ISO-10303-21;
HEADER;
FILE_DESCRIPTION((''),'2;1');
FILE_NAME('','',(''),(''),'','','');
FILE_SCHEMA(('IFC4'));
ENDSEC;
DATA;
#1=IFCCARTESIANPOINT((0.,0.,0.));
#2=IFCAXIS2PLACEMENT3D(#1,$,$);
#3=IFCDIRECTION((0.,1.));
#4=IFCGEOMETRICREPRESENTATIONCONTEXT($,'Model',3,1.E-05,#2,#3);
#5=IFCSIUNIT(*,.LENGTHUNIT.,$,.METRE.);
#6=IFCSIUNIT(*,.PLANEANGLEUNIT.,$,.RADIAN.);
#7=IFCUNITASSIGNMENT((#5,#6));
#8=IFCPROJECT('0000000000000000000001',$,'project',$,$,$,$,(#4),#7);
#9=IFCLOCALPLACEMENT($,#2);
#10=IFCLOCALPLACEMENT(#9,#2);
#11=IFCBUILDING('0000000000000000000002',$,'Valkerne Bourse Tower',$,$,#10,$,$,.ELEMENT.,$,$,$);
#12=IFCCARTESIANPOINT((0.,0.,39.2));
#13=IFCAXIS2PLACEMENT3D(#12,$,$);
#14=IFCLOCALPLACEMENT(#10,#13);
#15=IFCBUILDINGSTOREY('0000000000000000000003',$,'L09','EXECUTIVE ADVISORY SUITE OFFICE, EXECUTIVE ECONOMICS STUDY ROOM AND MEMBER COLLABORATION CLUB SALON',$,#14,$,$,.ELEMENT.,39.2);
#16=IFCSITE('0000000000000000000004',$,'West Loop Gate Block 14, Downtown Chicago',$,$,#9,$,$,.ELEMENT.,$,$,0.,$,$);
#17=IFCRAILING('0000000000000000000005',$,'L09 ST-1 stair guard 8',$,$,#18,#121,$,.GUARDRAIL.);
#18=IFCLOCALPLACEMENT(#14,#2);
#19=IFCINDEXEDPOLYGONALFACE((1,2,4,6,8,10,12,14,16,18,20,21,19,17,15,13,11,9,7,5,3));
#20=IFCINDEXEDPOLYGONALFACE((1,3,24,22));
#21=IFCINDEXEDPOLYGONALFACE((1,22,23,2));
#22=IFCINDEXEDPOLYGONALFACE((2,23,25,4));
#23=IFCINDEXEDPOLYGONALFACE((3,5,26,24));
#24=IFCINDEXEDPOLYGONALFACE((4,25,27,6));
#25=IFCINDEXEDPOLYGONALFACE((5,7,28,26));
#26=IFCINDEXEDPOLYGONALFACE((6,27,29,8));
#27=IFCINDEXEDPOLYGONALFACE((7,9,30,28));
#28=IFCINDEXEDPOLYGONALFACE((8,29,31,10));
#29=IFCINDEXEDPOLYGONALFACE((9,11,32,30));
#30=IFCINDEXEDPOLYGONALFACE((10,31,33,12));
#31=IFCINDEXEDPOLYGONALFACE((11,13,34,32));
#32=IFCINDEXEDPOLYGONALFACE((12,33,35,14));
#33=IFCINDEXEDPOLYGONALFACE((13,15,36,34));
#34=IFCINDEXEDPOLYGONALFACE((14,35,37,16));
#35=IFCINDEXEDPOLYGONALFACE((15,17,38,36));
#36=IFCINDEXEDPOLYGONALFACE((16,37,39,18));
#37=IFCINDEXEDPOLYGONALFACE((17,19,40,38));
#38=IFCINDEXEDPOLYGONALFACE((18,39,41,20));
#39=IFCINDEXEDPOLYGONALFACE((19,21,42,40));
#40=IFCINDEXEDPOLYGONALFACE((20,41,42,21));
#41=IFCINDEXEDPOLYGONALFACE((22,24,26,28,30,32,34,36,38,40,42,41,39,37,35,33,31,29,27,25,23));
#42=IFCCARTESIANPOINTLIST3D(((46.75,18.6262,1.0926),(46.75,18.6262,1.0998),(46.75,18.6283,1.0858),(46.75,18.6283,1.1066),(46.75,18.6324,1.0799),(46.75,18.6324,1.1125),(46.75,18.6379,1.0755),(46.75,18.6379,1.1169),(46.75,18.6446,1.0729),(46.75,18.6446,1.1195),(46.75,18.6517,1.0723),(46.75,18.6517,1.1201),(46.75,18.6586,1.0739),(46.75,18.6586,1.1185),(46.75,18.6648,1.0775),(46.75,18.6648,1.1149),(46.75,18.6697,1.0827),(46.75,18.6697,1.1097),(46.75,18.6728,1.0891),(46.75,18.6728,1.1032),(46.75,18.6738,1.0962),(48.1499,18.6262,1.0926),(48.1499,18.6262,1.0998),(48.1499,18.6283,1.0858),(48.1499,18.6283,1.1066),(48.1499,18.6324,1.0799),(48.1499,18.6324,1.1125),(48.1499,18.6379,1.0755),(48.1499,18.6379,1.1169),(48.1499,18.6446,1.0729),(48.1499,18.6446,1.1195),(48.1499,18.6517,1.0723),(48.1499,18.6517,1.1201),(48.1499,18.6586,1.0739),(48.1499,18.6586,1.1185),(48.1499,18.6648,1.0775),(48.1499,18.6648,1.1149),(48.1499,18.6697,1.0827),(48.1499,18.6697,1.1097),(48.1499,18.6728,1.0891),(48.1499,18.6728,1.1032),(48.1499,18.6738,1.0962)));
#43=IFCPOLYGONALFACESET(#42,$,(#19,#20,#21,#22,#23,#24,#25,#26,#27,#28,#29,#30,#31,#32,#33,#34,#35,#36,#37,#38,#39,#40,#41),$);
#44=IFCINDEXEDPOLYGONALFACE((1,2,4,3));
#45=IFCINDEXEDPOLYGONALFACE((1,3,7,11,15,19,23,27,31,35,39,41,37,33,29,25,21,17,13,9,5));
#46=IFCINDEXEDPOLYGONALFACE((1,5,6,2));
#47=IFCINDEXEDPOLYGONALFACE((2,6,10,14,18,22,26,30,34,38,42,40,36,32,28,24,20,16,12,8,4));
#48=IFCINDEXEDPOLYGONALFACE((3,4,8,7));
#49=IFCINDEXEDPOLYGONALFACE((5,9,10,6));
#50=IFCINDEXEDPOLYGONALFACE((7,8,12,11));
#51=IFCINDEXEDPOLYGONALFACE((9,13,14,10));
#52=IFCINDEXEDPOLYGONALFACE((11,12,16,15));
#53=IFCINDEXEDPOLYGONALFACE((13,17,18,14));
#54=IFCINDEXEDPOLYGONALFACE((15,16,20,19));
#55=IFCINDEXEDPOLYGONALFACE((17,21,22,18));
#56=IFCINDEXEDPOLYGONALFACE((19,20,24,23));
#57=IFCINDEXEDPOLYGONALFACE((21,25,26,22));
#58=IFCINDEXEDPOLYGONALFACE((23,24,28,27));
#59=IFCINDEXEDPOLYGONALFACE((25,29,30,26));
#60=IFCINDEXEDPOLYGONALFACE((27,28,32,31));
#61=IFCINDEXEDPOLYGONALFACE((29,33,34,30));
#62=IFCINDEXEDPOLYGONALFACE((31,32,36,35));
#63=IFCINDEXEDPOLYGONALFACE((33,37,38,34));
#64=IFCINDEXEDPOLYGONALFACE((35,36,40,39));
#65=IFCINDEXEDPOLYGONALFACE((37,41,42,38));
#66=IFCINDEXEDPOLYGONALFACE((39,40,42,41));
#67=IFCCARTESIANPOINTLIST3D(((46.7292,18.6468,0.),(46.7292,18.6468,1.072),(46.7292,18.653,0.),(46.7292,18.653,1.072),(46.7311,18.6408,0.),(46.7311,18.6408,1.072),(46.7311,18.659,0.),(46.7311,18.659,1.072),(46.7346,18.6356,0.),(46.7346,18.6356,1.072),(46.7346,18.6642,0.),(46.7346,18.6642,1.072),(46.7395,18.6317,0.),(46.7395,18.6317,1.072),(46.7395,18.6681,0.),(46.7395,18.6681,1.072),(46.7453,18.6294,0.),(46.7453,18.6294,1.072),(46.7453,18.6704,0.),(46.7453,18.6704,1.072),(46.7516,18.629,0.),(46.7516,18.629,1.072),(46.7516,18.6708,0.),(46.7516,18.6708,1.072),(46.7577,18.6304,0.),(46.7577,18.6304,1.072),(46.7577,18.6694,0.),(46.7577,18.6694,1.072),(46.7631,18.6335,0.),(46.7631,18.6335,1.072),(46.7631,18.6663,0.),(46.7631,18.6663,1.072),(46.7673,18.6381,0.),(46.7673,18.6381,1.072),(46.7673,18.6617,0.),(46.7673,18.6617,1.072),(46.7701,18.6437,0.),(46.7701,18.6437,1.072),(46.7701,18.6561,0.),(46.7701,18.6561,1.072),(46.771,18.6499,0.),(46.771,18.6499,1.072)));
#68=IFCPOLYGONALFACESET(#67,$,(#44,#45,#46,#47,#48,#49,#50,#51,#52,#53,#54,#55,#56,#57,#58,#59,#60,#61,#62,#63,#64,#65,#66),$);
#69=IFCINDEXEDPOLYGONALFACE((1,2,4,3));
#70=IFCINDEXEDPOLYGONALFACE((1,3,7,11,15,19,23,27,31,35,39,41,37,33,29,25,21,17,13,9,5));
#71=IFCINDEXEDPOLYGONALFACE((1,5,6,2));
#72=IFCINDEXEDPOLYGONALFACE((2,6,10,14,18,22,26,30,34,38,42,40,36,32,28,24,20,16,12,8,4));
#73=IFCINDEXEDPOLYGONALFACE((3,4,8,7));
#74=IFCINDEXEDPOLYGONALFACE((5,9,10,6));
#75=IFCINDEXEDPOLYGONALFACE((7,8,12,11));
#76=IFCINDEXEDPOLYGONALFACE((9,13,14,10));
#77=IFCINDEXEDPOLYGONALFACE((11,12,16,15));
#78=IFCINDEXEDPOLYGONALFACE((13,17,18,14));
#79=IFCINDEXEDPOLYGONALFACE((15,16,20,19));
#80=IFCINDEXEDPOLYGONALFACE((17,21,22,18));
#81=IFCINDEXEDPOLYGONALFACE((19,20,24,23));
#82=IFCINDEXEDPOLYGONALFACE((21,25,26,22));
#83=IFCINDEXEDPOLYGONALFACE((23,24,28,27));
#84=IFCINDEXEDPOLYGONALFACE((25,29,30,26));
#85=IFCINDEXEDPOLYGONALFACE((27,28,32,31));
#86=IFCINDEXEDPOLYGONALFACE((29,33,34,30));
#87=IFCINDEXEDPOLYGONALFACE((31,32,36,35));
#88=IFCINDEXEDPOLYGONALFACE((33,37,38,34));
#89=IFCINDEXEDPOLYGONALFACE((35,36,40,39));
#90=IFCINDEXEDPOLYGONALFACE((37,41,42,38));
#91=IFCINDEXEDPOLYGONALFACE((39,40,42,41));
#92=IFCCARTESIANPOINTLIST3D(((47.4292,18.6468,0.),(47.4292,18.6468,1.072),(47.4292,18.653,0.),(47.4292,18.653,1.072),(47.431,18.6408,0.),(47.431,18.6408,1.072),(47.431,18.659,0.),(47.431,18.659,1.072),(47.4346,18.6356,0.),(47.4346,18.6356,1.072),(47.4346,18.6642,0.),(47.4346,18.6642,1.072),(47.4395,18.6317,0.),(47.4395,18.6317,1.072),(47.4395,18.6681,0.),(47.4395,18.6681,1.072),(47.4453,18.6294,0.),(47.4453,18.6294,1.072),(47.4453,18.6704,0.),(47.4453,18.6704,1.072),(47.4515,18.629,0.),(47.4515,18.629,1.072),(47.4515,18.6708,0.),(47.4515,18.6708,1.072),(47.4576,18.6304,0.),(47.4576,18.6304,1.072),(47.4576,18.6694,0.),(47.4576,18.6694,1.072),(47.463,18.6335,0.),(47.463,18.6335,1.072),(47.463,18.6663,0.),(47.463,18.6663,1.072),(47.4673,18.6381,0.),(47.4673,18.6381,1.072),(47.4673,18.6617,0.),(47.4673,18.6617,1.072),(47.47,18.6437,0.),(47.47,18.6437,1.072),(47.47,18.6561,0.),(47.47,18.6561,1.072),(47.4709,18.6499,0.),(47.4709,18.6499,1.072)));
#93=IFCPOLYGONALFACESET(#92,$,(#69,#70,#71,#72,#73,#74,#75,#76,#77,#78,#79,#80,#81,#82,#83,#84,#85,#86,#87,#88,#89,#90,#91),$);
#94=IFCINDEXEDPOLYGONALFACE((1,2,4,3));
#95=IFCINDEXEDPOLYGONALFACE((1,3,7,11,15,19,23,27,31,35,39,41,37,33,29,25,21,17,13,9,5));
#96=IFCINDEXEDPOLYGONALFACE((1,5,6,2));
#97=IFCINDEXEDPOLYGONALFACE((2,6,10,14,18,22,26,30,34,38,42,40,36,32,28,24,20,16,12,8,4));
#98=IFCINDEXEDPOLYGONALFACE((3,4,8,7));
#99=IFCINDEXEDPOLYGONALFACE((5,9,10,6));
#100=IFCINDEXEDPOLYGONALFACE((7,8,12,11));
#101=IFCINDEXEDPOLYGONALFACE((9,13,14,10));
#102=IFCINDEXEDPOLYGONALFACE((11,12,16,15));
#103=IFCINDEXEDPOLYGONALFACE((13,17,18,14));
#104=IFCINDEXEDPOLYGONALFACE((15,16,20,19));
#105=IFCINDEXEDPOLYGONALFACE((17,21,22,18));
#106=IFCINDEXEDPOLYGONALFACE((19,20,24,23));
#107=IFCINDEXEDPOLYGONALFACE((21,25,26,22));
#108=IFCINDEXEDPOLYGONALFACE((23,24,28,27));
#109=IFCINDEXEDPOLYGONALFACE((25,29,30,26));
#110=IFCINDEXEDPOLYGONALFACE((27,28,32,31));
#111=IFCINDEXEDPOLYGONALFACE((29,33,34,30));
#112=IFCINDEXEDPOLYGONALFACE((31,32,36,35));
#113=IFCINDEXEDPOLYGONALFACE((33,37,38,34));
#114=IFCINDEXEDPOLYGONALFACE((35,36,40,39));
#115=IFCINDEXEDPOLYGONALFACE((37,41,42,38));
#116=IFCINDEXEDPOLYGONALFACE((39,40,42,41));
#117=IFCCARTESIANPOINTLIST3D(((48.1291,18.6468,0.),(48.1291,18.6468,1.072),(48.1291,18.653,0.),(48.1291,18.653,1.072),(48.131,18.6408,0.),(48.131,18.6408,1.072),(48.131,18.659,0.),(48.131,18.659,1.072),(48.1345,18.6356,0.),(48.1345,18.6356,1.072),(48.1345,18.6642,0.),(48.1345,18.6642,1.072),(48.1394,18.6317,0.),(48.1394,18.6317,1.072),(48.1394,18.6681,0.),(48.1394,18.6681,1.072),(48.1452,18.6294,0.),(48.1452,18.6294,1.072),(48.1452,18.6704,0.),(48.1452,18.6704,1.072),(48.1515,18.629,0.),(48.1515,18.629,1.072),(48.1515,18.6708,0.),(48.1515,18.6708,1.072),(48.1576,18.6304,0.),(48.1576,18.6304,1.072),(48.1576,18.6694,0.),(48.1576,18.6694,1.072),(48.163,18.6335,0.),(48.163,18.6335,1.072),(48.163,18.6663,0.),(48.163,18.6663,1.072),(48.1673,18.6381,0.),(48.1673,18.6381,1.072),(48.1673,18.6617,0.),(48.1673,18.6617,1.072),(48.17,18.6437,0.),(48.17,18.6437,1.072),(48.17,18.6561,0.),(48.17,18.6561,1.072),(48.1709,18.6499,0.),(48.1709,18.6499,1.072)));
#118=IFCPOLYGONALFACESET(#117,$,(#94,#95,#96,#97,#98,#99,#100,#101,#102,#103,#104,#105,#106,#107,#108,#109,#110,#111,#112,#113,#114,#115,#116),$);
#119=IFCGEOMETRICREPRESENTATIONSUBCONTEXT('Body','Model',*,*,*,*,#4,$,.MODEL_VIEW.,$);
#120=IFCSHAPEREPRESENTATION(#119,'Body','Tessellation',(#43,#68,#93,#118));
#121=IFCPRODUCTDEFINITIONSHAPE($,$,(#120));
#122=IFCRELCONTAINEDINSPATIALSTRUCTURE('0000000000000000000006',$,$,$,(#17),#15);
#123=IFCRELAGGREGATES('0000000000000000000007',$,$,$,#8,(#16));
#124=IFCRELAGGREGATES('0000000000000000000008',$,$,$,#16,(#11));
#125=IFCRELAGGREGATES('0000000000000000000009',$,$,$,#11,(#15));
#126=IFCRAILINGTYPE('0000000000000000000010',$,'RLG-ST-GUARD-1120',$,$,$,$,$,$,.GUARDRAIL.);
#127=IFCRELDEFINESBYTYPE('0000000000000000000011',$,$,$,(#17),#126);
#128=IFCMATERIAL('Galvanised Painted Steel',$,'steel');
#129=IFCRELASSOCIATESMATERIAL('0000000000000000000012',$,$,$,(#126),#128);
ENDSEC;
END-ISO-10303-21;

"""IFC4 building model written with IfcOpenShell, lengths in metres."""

from ifc_helpers import new_model, si_unit, direction, frame, origin, origin_2d, place, context, subcontext, project, spatial, circle, extrude, material, type_object, element, save


model = new_model("IFC4")

# Units and contexts
model_context = context("Model", 3, precision=1e-05, world=origin(), true_north=direction((0.0, 1.0)))
body_context = subcontext(model_context, "Body", "Model", "MODEL_VIEW")
ifc_project = project(units=[si_unit("LENGTHUNIT", "METRE"), si_unit("PLANEANGLEUNIT", "RADIAN")], contexts=[model_context])

# Site, building, storey
site_placement = place(None, origin())
site = spatial("IfcSite", under=ifc_project, at=site_placement, Name="West Loop Gate Block 14, Downtown Chicago", CompositionType="ELEMENT", RefElevation=0.0)
building_placement = place(site_placement, origin())
building = spatial("IfcBuilding", under=site, at=building_placement, Name="Valkerne Bourse Tower", CompositionType="ELEMENT")
storey_placement = place(building_placement, frame((0.0, 0.0, 39.2)))
storey = spatial("IfcBuildingStorey", under=building, at=storey_placement, Name="L09", Description="EXECUTIVE ADVISORY SUITE OFFICE, EXECUTIVE ECONOMICS STUDY ROOM AND MEMBER COLLABORATION CLUB SALON", CompositionType="ELEMENT", Elevation=39.2)

# Shared definitions
ifc_material_1 = material(Name="Galvanised Painted Steel", Category="steel")

# Railing
railing_type_1 = type_object("IfcRailingType", Name="RLG-ST-GUARD-1120", PredefinedType="GUARDRAIL", material=ifc_material_1)
railing_1_placement = place(storey_placement, frame((46.75, 18.6499, 0.0)))
element("IfcRailing", 1, at=railing_1_placement, inside=storey, type_object=railing_type_1, Name="L09 ST-1 stair guard 8", PredefinedType="GUARDRAIL", context=body_context, shape_type="SweptSolid", body=[
    extrude(circle(Radius=0.0239, at=origin_2d()), frame((0.0, 0.0, 1.0962), z_axis=(1.0, 0.0, 0.0), x_axis=(0.0, 1.0, 0.0)), (0.0, 0.0, 1.0), 1.3999),
    extrude(circle(Radius=0.021, at=origin_2d()), origin(), (0.0, 0.0, 1.0), 1.072),
    extrude(circle(Radius=0.021, at=origin_2d()), frame((0.7, 0.0, 0.0)), (0.0, 0.0, 1.0), 1.072),
    extrude(circle(Radius=0.021, at=origin_2d()), frame((1.3999, 0.0, 0.0)), (0.0, 0.0, 1.0), 1.072),
])

save(model, "model.ifc")
